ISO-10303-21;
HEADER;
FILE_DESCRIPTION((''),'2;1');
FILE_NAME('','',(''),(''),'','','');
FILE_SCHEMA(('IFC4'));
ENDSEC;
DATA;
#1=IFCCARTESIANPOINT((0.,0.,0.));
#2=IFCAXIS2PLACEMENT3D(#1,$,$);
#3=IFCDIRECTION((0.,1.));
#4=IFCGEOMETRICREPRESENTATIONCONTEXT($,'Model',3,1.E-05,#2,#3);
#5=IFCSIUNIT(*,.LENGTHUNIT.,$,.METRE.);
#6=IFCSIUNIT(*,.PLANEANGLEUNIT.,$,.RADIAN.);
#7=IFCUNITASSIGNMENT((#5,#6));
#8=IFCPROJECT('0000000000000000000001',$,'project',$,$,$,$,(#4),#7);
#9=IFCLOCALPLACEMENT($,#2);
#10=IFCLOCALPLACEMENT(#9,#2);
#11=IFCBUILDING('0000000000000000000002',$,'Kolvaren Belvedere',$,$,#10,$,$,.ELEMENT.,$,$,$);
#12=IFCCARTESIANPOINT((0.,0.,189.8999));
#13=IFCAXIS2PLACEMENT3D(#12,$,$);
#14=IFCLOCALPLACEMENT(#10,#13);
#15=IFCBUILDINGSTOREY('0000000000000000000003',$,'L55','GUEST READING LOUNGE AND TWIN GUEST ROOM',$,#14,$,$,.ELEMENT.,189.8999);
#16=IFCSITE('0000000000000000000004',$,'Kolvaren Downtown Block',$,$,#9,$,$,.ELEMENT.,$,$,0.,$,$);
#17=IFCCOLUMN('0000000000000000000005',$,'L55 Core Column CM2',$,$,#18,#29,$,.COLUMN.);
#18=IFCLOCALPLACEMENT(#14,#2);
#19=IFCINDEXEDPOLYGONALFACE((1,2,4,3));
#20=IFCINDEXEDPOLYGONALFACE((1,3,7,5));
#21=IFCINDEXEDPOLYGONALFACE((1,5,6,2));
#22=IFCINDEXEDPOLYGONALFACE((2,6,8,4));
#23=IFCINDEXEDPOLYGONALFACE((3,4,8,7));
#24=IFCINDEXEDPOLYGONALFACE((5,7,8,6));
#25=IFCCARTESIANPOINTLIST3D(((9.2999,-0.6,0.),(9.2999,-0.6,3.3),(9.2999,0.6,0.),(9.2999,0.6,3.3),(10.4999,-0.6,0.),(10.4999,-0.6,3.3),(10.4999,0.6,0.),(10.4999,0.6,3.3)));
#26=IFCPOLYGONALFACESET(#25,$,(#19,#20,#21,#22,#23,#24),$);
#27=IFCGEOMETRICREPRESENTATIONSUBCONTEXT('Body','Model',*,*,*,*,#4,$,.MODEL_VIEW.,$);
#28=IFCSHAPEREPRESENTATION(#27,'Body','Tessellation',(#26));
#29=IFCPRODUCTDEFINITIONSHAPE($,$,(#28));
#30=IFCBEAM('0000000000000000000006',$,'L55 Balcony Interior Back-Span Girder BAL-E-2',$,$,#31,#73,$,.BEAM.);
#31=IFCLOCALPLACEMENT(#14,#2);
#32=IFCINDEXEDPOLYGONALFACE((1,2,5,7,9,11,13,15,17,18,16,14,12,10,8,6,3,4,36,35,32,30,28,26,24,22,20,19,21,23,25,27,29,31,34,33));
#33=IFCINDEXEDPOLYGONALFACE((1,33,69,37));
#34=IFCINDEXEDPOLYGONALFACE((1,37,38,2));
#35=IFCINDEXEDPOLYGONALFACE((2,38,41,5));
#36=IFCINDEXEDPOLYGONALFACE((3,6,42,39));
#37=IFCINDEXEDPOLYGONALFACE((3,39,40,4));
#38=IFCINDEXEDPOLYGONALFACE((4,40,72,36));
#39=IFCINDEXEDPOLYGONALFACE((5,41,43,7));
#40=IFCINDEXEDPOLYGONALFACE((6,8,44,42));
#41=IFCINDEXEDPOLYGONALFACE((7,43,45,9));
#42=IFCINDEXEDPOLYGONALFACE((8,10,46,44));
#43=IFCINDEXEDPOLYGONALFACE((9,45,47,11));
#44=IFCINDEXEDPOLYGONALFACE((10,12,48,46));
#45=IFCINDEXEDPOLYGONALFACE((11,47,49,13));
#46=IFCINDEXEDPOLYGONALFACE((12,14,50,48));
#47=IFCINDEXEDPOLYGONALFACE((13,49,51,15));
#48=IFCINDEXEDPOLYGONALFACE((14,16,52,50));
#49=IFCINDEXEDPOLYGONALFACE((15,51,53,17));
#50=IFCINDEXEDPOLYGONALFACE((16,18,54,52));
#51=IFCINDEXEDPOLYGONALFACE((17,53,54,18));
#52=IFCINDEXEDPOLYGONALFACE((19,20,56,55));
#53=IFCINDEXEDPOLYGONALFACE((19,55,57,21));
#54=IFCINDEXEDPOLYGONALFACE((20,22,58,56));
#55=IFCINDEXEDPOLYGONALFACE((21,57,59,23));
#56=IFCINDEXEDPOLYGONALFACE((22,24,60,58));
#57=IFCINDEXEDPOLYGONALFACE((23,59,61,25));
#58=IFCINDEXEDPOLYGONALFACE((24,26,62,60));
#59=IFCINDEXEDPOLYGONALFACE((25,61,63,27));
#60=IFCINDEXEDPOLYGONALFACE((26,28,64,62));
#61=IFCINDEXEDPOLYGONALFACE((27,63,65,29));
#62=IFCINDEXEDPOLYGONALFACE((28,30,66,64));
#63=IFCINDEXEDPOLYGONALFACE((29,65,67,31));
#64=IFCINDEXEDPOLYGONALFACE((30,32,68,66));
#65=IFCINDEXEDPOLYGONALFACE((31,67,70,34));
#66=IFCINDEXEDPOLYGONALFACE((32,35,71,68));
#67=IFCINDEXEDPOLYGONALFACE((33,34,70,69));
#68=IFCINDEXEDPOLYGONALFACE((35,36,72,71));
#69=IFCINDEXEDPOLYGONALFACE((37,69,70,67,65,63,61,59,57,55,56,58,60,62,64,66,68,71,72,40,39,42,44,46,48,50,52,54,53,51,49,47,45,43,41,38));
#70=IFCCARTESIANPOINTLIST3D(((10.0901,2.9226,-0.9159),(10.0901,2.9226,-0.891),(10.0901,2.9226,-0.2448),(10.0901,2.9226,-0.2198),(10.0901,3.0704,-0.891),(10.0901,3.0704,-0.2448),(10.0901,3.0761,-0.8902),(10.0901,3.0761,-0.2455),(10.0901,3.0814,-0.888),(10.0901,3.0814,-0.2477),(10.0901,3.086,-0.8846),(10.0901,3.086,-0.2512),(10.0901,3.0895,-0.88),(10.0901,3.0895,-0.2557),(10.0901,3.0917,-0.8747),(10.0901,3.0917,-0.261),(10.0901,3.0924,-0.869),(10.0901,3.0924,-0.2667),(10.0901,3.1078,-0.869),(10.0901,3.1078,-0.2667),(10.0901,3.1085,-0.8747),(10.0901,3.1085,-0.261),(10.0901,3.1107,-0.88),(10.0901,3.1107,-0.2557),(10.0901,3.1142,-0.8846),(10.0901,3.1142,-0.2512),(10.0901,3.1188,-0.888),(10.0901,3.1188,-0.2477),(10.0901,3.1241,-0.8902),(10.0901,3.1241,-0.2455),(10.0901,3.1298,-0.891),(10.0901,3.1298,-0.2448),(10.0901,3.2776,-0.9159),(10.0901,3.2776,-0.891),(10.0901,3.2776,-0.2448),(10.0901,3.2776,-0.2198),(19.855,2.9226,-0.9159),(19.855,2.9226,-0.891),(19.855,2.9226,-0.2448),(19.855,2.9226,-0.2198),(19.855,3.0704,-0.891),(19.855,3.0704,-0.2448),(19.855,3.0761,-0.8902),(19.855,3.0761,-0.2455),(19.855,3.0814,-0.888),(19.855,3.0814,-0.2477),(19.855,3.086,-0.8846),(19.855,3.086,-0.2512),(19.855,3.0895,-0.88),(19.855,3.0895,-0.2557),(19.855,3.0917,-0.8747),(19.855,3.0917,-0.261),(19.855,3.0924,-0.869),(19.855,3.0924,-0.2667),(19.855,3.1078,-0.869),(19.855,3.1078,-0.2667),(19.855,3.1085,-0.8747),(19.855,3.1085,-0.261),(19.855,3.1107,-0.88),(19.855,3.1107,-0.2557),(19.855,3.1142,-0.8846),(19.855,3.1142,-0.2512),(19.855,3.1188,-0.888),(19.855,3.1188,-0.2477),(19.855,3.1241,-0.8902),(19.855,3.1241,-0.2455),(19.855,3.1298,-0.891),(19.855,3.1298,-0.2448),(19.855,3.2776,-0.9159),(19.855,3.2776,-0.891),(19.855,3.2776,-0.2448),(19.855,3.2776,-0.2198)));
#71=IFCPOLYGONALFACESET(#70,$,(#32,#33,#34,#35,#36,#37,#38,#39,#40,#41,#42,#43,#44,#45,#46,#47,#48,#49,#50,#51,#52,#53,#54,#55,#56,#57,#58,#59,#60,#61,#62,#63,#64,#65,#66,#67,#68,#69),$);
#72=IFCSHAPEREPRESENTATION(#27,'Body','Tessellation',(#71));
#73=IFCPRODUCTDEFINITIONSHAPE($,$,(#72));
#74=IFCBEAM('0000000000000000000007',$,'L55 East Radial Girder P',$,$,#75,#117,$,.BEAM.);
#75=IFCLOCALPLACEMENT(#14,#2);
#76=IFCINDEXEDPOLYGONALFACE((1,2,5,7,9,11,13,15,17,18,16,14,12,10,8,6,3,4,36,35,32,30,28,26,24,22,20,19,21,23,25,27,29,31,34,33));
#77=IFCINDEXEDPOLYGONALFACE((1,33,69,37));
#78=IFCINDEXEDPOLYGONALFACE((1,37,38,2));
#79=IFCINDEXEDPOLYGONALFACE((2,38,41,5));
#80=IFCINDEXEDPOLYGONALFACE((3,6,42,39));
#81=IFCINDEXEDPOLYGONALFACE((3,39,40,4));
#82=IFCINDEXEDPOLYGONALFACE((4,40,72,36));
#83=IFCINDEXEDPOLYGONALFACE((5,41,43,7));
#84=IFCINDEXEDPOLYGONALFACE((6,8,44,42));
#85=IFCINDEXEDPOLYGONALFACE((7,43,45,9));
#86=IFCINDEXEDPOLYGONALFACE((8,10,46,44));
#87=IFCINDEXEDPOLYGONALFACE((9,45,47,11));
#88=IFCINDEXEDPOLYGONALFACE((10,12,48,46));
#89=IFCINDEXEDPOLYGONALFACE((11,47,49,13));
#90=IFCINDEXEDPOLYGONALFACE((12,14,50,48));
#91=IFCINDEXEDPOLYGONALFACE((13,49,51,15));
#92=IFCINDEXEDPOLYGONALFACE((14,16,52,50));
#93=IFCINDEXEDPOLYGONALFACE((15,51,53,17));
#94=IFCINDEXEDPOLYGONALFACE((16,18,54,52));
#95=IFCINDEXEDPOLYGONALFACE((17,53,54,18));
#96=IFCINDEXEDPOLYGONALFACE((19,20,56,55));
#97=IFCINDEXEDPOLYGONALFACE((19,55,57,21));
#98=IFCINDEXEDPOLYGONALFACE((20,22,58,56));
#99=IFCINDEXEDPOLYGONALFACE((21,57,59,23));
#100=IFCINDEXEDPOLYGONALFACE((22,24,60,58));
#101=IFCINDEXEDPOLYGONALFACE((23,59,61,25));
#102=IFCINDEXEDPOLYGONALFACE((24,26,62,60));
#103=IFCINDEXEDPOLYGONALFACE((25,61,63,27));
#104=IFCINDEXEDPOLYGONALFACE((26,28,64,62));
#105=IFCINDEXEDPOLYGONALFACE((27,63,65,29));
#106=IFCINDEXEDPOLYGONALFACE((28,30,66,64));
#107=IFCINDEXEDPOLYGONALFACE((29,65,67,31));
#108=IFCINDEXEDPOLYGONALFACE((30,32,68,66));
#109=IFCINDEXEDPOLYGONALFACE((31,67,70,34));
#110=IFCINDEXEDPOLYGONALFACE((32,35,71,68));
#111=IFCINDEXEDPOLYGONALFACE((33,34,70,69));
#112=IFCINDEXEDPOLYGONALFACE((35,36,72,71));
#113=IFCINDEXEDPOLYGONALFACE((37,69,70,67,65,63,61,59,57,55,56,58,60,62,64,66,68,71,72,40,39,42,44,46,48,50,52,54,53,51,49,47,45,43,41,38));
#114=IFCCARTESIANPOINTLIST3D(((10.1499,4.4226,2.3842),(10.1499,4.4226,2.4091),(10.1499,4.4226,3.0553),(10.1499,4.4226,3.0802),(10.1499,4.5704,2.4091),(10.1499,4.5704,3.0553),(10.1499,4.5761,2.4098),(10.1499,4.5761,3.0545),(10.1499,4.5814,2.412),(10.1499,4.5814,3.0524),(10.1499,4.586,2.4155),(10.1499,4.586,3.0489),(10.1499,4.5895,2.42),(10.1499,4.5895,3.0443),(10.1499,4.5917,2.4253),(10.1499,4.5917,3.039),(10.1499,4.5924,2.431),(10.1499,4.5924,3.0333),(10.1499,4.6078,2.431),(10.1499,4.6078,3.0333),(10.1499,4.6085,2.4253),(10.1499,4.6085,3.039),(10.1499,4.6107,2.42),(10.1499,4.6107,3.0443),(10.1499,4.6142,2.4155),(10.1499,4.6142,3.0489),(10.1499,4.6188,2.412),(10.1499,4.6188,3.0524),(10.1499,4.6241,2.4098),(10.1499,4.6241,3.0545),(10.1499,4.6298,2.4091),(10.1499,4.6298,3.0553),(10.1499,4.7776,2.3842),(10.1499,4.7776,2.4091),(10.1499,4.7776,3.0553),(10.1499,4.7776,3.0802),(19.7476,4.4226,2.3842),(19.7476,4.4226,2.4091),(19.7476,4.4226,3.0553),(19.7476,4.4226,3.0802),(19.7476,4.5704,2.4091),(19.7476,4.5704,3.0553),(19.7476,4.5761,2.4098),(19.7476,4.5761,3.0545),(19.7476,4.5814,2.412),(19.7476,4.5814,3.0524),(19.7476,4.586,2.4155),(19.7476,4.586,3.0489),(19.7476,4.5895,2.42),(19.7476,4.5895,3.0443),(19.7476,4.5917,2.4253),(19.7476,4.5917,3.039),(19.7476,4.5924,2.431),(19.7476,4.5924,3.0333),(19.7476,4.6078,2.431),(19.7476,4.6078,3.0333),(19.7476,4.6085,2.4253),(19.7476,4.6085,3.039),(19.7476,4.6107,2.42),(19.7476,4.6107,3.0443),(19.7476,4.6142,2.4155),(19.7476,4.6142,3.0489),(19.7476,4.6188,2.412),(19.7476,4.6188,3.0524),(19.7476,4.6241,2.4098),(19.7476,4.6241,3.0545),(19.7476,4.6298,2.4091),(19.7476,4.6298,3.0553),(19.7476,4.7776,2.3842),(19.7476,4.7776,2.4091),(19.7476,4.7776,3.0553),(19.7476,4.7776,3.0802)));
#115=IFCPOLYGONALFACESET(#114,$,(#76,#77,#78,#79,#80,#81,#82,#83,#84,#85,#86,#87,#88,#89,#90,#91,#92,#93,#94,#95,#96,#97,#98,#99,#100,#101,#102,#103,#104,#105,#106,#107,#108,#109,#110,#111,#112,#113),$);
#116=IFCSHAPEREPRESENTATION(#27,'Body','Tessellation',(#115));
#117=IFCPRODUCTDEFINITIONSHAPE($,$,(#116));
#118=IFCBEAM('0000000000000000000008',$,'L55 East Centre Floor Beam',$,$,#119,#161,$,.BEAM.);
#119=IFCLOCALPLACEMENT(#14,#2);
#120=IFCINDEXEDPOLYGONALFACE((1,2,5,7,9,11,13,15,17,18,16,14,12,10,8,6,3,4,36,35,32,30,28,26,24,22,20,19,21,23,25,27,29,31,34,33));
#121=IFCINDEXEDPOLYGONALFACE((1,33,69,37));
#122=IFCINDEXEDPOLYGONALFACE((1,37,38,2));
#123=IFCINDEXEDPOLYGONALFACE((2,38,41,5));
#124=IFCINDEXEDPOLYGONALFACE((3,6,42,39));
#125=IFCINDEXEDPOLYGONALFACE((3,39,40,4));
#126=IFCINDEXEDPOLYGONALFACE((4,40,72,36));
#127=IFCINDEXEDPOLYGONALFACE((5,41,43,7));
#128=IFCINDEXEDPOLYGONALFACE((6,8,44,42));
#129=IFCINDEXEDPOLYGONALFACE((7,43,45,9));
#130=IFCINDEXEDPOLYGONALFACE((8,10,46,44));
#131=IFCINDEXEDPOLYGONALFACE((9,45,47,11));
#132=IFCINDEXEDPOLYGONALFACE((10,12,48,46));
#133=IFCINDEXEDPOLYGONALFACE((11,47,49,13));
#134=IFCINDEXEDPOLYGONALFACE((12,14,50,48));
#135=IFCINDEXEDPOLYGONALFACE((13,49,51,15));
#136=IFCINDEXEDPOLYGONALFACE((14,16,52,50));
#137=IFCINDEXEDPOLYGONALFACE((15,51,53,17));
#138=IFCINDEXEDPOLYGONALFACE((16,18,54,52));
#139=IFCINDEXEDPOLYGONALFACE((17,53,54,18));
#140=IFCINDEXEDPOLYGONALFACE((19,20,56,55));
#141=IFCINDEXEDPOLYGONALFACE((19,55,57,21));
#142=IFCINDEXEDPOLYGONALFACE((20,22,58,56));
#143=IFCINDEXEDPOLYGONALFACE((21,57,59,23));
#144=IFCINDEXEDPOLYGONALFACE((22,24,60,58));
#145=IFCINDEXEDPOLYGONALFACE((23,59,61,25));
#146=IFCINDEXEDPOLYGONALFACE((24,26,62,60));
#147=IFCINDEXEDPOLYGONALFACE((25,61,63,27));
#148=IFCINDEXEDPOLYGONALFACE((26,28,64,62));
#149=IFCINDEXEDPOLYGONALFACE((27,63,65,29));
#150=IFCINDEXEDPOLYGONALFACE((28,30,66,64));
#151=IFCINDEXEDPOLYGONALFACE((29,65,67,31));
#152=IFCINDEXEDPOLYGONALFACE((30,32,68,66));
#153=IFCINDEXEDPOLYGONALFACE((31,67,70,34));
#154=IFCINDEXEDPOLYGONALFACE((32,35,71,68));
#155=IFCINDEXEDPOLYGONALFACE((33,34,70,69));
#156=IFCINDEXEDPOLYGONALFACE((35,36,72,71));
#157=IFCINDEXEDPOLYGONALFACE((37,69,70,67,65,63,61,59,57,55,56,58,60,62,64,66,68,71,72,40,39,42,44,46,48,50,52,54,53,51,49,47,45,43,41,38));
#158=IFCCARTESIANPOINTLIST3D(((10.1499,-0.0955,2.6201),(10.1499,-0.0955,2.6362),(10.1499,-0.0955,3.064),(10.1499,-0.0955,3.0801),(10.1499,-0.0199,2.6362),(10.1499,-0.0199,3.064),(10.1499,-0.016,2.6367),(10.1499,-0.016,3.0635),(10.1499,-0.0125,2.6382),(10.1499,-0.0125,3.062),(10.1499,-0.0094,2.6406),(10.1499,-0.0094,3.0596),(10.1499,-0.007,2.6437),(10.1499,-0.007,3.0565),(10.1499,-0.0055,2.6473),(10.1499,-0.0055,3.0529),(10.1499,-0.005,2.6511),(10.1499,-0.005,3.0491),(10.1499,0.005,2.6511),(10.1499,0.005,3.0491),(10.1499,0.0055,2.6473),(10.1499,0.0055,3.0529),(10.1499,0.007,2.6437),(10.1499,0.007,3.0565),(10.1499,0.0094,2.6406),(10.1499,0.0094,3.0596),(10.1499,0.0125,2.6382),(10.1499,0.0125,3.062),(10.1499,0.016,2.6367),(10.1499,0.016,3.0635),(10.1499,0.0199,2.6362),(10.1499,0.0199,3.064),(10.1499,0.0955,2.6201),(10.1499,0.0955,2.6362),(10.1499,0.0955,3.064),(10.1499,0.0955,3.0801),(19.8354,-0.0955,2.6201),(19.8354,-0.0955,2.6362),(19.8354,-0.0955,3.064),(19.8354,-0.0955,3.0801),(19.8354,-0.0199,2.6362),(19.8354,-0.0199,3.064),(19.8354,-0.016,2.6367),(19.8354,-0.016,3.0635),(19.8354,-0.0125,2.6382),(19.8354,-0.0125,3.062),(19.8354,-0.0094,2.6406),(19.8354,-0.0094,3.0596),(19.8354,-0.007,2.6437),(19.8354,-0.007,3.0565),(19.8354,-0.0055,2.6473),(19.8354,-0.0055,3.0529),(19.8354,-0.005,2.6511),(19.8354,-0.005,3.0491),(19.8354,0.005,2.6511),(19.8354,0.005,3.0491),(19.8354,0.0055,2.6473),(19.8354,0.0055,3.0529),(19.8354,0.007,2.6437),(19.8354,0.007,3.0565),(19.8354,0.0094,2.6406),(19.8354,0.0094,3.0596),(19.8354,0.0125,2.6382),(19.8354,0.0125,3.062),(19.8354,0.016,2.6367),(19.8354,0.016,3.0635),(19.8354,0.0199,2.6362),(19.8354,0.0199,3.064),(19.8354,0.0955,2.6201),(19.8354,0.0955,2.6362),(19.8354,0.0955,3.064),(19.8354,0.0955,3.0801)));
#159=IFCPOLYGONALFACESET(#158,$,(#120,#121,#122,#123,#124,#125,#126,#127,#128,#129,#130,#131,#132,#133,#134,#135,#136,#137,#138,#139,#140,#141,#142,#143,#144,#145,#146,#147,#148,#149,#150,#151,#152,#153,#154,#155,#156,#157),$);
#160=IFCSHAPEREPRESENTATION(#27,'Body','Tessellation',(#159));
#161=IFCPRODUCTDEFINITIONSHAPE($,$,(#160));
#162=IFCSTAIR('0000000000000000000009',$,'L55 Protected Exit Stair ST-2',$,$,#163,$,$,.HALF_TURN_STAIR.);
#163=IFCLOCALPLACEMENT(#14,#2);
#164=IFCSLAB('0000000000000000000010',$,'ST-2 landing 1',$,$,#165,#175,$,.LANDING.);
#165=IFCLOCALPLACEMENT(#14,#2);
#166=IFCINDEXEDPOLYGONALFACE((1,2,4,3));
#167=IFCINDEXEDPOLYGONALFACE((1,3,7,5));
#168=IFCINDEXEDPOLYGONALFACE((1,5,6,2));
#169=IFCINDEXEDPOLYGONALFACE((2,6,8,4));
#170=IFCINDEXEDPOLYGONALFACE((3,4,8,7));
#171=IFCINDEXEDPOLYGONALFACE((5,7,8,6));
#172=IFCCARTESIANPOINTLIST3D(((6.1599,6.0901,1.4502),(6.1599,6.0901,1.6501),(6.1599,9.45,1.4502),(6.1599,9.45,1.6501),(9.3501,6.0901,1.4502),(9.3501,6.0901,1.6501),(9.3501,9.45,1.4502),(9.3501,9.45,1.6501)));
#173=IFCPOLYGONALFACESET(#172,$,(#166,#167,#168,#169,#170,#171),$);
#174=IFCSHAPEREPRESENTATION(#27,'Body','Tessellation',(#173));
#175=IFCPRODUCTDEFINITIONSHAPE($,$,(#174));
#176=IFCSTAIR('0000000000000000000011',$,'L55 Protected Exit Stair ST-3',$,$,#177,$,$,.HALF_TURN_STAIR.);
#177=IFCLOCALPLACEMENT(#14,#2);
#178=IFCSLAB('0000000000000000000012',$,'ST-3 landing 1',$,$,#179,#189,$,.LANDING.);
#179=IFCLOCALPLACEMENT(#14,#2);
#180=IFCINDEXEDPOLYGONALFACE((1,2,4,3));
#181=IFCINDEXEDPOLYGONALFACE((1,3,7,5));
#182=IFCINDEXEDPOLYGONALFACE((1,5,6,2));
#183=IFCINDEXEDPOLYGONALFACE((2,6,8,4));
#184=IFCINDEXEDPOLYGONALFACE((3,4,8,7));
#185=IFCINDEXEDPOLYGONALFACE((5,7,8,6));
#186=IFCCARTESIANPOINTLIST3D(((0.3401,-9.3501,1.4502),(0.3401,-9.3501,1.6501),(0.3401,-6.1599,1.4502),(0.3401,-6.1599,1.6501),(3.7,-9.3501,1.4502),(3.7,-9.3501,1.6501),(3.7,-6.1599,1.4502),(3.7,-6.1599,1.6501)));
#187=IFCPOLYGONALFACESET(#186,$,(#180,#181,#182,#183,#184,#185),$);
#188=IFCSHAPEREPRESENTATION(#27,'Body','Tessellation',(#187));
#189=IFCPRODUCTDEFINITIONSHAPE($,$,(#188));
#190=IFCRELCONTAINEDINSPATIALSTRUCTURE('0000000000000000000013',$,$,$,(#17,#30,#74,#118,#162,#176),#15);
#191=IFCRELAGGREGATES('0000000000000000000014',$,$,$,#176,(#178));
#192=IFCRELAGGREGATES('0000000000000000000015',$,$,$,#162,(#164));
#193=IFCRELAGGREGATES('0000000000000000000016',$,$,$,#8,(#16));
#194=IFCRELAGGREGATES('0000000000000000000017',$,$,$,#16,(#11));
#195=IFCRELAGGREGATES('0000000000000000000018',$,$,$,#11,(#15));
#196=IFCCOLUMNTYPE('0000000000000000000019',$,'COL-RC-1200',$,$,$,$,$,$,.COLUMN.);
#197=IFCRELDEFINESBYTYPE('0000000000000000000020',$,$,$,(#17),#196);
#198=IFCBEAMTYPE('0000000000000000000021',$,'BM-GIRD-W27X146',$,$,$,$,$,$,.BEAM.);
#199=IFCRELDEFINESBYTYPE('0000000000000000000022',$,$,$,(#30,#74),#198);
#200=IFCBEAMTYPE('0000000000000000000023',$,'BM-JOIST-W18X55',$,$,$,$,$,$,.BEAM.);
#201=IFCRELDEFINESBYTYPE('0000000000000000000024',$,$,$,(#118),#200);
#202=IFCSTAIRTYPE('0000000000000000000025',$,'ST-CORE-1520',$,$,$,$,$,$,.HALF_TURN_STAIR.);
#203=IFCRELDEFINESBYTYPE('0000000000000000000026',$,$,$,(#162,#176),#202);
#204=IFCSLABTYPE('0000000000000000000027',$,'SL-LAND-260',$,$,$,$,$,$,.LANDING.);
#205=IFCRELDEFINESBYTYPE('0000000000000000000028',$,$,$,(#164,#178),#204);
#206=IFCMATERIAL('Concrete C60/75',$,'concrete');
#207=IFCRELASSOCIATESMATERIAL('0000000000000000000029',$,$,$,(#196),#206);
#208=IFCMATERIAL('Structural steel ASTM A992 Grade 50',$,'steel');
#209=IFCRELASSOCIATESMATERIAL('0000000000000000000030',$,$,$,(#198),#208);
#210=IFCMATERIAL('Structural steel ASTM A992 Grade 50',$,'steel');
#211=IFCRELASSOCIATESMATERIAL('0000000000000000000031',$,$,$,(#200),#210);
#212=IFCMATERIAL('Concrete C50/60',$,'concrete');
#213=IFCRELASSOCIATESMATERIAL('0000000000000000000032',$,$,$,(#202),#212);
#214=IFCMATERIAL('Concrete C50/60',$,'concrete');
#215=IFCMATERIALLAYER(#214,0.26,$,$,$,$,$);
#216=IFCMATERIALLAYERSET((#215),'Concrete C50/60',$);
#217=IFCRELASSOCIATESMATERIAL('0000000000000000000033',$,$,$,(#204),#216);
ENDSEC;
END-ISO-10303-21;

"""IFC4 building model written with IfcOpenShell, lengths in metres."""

from ifc_helpers import new_model, si_unit, direction, frame, origin, origin_2d, place, context, subcontext, project, spatial, polyline, rectangle, i_section, outline, extrude, material, layer, layer_set, material_profile, profile_set, type_object, element, aggregate, save


model = new_model("IFC4")

# Units and contexts
model_context = context("Model", 3, precision=1e-05, world=origin(), true_north=direction((0.0, 1.0)))
body_context = subcontext(model_context, "Body", "Model", "MODEL_VIEW")
ifc_project = project(units=[si_unit("LENGTHUNIT", "METRE"), si_unit("PLANEANGLEUNIT", "RADIAN")], contexts=[model_context])

# Site, building, storey
site_placement = place(None, origin())
site = spatial("IfcSite", under=ifc_project, at=site_placement, Name="Kolvaren Downtown Block", CompositionType="ELEMENT", RefElevation=0.0)
building_placement = place(site_placement, origin())
building = spatial("IfcBuilding", under=site, at=building_placement, Name="Kolvaren Belvedere", CompositionType="ELEMENT")
storey_placement = place(building_placement, frame((0.0, 0.0, 189.8999)))
storey = spatial("IfcBuildingStorey", under=building, at=storey_placement, Name="L55", Description="GUEST READING LOUNGE AND TWIN GUEST ROOM", CompositionType="ELEMENT", Elevation=189.8999)

# Column
ifc_material_1 = material(Name="Concrete C60/75", Category="concrete")
ifc_material_profile_1 = material_profile(ifc_material_1, rectangle(XDim=1.2, YDim=1.2, at=origin_2d()), Name="RC 1200X1200")
ifc_profile_set_1 = profile_set([ifc_material_profile_1], Name="Concrete C60/75")
column_type = type_object("IfcColumnType", Name="COL-RC-1200", PredefinedType="COLUMN", material=ifc_profile_set_1)
column_placement = place(storey_placement, frame((9.8999, 0.0, 0.0), z_axis=(0.0, 0.0, 1.0), x_axis=(1.0, 0.0, 0.0)))
element("IfcColumn", 1, at=column_placement, inside=storey, type_object=column_type, Name="L55 Core Column CM2", PredefinedType="COLUMN", context=body_context, shape_type="SweptSolid", body=[
    extrude(rectangle(XDim=1.2, YDim=1.2, at=origin_2d()), origin(), (0.0, 0.0, 1.0), 3.3),
])

# Beams
ifc_material_2 = material(Name="Structural steel ASTM A992 Grade 50", Category="steel")
ifc_material_profile_2 = material_profile(ifc_material_2, i_section(OverallWidth=0.355, OverallDepth=0.696, WebThickness=0.0154, FlangeThickness=0.0249, FilletRadius=0.022, at=origin_2d()), Name="W27X146")
ifc_profile_set_2 = profile_set([ifc_material_profile_2], Name="Structural steel ASTM A992 Grade 50")
beam_type_1 = type_object("IfcBeamType", Name="BM-GIRD-W27X146", PredefinedType="BEAM", material=ifc_profile_set_2)
beam_1_placement = place(storey_placement, frame((10.0901, 3.1001, -0.5679), z_axis=(1.0, 0.0, 0.0), x_axis=(0.0, 1.0, 0.0)))
element("IfcBeam", 2, at=beam_1_placement, inside=storey, type_object=beam_type_1, Name="L55 Balcony Interior Back-Span Girder BAL-E-2", PredefinedType="BEAM", context=body_context, shape_type="SweptSolid", body=[
    extrude(i_section(OverallWidth=0.355, OverallDepth=0.696, WebThickness=0.0154, FlangeThickness=0.0249, FilletRadius=0.022, at=origin_2d()), origin(), (0.0, 0.0, 1.0), 9.7649),
])
beam_2_placement = place(storey_placement, frame((10.1499, 4.6001, 2.7322), z_axis=(1.0, 0.0, 0.0), x_axis=(0.0, 1.0, 0.0)))
element("IfcBeam", 3, at=beam_2_placement, inside=storey, type_object=beam_type_1, Name="L55 East Radial Girder P", PredefinedType="BEAM", context=body_context, shape_type="SweptSolid", body=[
    extrude(i_section(OverallWidth=0.355, OverallDepth=0.696, WebThickness=0.0154, FlangeThickness=0.0249, FilletRadius=0.022, at=origin_2d()), origin(), (0.0, 0.0, 1.0), 9.5977),
])
ifc_material_3 = material(Name="Structural steel ASTM A992 Grade 50", Category="steel")
ifc_material_profile_3 = material_profile(ifc_material_3, i_section(OverallWidth=0.1909, OverallDepth=0.46, WebThickness=0.01, FlangeThickness=0.0161, FilletRadius=0.0149, at=origin_2d()), Name="W18X55")
ifc_profile_set_3 = profile_set([ifc_material_profile_3], Name="Structural steel ASTM A992 Grade 50")
beam_type_2 = type_object("IfcBeamType", Name="BM-JOIST-W18X55", PredefinedType="BEAM", material=ifc_profile_set_3)
beam_3_placement = place(storey_placement, frame((10.1499, 0.0, 2.8501), z_axis=(1.0, 0.0, 0.0), x_axis=(0.0, 1.0, 0.0)))
element("IfcBeam", 4, at=beam_3_placement, inside=storey, type_object=beam_type_2, Name="L55 East Centre Floor Beam", PredefinedType="BEAM", context=body_context, shape_type="SweptSolid", body=[
    extrude(i_section(OverallWidth=0.1909, OverallDepth=0.46, WebThickness=0.01, FlangeThickness=0.0161, FilletRadius=0.0149, at=origin_2d()), origin(), (0.0, 0.0, 1.0), 9.6855),
])

# Stairs, slabs
ifc_material_4 = material(Name="Concrete C50/60", Category="concrete")
stair_type = type_object("IfcStairType", Name="ST-CORE-1520", PredefinedType="HALF_TURN_STAIR", material=ifc_material_4)
stair_1_placement = place(storey_placement, origin())
stair_1 = element("IfcStair", 5, at=stair_1_placement, inside=storey, type_object=stair_type, Name="L55 Protected Exit Stair ST-2", PredefinedType="HALF_TURN_STAIR")
ifc_material_5 = material(Name="Concrete C50/60", Category="concrete")
ifc_layer_1 = layer(ifc_material_5, 0.26)
ifc_layer_set_1 = layer_set([ifc_layer_1], Name="Concrete C50/60")
slab_type = type_object("IfcSlabType", Name="SL-LAND-260", PredefinedType="LANDING", material=ifc_layer_set_1)
slab_1_placement = place(storey_placement, frame((0.0, 0.0, 1.4502)))
slab_1 = element("IfcSlab", 6, at=slab_1_placement, type_object=slab_type, Name="ST-2 landing 1", PredefinedType="LANDING", context=body_context, shape_type="SweptSolid", body=[
    extrude(outline(polyline([(9.3501, 6.0901), (9.3501, 9.45), (6.1599, 9.45), (6.1599, 6.0901), (9.3501, 6.0901)])), origin(), (0.0, 0.0, 1.0), 0.2),
])
stair_2_placement = place(storey_placement, origin())
stair_2 = element("IfcStair", 7, at=stair_2_placement, inside=storey, type_object=stair_type, Name="L55 Protected Exit Stair ST-3", PredefinedType="HALF_TURN_STAIR")
slab_2_placement = place(storey_placement, frame((0.0, 0.0, 1.4502)))
slab_2 = element("IfcSlab", 8, at=slab_2_placement, type_object=slab_type, Name="ST-3 landing 1", PredefinedType="LANDING", context=body_context, shape_type="SweptSolid", body=[
    extrude(outline(polyline([(0.3401, -9.3501), (3.7, -9.3501), (3.7, -6.1599), (0.3401, -6.1599), (0.3401, -9.3501)])), origin(), (0.0, 0.0, 1.0), 0.2),
])
aggregate(stair_2, [slab_2])

aggregate(stair_1, [slab_1])

save(model, "model.ifc")
